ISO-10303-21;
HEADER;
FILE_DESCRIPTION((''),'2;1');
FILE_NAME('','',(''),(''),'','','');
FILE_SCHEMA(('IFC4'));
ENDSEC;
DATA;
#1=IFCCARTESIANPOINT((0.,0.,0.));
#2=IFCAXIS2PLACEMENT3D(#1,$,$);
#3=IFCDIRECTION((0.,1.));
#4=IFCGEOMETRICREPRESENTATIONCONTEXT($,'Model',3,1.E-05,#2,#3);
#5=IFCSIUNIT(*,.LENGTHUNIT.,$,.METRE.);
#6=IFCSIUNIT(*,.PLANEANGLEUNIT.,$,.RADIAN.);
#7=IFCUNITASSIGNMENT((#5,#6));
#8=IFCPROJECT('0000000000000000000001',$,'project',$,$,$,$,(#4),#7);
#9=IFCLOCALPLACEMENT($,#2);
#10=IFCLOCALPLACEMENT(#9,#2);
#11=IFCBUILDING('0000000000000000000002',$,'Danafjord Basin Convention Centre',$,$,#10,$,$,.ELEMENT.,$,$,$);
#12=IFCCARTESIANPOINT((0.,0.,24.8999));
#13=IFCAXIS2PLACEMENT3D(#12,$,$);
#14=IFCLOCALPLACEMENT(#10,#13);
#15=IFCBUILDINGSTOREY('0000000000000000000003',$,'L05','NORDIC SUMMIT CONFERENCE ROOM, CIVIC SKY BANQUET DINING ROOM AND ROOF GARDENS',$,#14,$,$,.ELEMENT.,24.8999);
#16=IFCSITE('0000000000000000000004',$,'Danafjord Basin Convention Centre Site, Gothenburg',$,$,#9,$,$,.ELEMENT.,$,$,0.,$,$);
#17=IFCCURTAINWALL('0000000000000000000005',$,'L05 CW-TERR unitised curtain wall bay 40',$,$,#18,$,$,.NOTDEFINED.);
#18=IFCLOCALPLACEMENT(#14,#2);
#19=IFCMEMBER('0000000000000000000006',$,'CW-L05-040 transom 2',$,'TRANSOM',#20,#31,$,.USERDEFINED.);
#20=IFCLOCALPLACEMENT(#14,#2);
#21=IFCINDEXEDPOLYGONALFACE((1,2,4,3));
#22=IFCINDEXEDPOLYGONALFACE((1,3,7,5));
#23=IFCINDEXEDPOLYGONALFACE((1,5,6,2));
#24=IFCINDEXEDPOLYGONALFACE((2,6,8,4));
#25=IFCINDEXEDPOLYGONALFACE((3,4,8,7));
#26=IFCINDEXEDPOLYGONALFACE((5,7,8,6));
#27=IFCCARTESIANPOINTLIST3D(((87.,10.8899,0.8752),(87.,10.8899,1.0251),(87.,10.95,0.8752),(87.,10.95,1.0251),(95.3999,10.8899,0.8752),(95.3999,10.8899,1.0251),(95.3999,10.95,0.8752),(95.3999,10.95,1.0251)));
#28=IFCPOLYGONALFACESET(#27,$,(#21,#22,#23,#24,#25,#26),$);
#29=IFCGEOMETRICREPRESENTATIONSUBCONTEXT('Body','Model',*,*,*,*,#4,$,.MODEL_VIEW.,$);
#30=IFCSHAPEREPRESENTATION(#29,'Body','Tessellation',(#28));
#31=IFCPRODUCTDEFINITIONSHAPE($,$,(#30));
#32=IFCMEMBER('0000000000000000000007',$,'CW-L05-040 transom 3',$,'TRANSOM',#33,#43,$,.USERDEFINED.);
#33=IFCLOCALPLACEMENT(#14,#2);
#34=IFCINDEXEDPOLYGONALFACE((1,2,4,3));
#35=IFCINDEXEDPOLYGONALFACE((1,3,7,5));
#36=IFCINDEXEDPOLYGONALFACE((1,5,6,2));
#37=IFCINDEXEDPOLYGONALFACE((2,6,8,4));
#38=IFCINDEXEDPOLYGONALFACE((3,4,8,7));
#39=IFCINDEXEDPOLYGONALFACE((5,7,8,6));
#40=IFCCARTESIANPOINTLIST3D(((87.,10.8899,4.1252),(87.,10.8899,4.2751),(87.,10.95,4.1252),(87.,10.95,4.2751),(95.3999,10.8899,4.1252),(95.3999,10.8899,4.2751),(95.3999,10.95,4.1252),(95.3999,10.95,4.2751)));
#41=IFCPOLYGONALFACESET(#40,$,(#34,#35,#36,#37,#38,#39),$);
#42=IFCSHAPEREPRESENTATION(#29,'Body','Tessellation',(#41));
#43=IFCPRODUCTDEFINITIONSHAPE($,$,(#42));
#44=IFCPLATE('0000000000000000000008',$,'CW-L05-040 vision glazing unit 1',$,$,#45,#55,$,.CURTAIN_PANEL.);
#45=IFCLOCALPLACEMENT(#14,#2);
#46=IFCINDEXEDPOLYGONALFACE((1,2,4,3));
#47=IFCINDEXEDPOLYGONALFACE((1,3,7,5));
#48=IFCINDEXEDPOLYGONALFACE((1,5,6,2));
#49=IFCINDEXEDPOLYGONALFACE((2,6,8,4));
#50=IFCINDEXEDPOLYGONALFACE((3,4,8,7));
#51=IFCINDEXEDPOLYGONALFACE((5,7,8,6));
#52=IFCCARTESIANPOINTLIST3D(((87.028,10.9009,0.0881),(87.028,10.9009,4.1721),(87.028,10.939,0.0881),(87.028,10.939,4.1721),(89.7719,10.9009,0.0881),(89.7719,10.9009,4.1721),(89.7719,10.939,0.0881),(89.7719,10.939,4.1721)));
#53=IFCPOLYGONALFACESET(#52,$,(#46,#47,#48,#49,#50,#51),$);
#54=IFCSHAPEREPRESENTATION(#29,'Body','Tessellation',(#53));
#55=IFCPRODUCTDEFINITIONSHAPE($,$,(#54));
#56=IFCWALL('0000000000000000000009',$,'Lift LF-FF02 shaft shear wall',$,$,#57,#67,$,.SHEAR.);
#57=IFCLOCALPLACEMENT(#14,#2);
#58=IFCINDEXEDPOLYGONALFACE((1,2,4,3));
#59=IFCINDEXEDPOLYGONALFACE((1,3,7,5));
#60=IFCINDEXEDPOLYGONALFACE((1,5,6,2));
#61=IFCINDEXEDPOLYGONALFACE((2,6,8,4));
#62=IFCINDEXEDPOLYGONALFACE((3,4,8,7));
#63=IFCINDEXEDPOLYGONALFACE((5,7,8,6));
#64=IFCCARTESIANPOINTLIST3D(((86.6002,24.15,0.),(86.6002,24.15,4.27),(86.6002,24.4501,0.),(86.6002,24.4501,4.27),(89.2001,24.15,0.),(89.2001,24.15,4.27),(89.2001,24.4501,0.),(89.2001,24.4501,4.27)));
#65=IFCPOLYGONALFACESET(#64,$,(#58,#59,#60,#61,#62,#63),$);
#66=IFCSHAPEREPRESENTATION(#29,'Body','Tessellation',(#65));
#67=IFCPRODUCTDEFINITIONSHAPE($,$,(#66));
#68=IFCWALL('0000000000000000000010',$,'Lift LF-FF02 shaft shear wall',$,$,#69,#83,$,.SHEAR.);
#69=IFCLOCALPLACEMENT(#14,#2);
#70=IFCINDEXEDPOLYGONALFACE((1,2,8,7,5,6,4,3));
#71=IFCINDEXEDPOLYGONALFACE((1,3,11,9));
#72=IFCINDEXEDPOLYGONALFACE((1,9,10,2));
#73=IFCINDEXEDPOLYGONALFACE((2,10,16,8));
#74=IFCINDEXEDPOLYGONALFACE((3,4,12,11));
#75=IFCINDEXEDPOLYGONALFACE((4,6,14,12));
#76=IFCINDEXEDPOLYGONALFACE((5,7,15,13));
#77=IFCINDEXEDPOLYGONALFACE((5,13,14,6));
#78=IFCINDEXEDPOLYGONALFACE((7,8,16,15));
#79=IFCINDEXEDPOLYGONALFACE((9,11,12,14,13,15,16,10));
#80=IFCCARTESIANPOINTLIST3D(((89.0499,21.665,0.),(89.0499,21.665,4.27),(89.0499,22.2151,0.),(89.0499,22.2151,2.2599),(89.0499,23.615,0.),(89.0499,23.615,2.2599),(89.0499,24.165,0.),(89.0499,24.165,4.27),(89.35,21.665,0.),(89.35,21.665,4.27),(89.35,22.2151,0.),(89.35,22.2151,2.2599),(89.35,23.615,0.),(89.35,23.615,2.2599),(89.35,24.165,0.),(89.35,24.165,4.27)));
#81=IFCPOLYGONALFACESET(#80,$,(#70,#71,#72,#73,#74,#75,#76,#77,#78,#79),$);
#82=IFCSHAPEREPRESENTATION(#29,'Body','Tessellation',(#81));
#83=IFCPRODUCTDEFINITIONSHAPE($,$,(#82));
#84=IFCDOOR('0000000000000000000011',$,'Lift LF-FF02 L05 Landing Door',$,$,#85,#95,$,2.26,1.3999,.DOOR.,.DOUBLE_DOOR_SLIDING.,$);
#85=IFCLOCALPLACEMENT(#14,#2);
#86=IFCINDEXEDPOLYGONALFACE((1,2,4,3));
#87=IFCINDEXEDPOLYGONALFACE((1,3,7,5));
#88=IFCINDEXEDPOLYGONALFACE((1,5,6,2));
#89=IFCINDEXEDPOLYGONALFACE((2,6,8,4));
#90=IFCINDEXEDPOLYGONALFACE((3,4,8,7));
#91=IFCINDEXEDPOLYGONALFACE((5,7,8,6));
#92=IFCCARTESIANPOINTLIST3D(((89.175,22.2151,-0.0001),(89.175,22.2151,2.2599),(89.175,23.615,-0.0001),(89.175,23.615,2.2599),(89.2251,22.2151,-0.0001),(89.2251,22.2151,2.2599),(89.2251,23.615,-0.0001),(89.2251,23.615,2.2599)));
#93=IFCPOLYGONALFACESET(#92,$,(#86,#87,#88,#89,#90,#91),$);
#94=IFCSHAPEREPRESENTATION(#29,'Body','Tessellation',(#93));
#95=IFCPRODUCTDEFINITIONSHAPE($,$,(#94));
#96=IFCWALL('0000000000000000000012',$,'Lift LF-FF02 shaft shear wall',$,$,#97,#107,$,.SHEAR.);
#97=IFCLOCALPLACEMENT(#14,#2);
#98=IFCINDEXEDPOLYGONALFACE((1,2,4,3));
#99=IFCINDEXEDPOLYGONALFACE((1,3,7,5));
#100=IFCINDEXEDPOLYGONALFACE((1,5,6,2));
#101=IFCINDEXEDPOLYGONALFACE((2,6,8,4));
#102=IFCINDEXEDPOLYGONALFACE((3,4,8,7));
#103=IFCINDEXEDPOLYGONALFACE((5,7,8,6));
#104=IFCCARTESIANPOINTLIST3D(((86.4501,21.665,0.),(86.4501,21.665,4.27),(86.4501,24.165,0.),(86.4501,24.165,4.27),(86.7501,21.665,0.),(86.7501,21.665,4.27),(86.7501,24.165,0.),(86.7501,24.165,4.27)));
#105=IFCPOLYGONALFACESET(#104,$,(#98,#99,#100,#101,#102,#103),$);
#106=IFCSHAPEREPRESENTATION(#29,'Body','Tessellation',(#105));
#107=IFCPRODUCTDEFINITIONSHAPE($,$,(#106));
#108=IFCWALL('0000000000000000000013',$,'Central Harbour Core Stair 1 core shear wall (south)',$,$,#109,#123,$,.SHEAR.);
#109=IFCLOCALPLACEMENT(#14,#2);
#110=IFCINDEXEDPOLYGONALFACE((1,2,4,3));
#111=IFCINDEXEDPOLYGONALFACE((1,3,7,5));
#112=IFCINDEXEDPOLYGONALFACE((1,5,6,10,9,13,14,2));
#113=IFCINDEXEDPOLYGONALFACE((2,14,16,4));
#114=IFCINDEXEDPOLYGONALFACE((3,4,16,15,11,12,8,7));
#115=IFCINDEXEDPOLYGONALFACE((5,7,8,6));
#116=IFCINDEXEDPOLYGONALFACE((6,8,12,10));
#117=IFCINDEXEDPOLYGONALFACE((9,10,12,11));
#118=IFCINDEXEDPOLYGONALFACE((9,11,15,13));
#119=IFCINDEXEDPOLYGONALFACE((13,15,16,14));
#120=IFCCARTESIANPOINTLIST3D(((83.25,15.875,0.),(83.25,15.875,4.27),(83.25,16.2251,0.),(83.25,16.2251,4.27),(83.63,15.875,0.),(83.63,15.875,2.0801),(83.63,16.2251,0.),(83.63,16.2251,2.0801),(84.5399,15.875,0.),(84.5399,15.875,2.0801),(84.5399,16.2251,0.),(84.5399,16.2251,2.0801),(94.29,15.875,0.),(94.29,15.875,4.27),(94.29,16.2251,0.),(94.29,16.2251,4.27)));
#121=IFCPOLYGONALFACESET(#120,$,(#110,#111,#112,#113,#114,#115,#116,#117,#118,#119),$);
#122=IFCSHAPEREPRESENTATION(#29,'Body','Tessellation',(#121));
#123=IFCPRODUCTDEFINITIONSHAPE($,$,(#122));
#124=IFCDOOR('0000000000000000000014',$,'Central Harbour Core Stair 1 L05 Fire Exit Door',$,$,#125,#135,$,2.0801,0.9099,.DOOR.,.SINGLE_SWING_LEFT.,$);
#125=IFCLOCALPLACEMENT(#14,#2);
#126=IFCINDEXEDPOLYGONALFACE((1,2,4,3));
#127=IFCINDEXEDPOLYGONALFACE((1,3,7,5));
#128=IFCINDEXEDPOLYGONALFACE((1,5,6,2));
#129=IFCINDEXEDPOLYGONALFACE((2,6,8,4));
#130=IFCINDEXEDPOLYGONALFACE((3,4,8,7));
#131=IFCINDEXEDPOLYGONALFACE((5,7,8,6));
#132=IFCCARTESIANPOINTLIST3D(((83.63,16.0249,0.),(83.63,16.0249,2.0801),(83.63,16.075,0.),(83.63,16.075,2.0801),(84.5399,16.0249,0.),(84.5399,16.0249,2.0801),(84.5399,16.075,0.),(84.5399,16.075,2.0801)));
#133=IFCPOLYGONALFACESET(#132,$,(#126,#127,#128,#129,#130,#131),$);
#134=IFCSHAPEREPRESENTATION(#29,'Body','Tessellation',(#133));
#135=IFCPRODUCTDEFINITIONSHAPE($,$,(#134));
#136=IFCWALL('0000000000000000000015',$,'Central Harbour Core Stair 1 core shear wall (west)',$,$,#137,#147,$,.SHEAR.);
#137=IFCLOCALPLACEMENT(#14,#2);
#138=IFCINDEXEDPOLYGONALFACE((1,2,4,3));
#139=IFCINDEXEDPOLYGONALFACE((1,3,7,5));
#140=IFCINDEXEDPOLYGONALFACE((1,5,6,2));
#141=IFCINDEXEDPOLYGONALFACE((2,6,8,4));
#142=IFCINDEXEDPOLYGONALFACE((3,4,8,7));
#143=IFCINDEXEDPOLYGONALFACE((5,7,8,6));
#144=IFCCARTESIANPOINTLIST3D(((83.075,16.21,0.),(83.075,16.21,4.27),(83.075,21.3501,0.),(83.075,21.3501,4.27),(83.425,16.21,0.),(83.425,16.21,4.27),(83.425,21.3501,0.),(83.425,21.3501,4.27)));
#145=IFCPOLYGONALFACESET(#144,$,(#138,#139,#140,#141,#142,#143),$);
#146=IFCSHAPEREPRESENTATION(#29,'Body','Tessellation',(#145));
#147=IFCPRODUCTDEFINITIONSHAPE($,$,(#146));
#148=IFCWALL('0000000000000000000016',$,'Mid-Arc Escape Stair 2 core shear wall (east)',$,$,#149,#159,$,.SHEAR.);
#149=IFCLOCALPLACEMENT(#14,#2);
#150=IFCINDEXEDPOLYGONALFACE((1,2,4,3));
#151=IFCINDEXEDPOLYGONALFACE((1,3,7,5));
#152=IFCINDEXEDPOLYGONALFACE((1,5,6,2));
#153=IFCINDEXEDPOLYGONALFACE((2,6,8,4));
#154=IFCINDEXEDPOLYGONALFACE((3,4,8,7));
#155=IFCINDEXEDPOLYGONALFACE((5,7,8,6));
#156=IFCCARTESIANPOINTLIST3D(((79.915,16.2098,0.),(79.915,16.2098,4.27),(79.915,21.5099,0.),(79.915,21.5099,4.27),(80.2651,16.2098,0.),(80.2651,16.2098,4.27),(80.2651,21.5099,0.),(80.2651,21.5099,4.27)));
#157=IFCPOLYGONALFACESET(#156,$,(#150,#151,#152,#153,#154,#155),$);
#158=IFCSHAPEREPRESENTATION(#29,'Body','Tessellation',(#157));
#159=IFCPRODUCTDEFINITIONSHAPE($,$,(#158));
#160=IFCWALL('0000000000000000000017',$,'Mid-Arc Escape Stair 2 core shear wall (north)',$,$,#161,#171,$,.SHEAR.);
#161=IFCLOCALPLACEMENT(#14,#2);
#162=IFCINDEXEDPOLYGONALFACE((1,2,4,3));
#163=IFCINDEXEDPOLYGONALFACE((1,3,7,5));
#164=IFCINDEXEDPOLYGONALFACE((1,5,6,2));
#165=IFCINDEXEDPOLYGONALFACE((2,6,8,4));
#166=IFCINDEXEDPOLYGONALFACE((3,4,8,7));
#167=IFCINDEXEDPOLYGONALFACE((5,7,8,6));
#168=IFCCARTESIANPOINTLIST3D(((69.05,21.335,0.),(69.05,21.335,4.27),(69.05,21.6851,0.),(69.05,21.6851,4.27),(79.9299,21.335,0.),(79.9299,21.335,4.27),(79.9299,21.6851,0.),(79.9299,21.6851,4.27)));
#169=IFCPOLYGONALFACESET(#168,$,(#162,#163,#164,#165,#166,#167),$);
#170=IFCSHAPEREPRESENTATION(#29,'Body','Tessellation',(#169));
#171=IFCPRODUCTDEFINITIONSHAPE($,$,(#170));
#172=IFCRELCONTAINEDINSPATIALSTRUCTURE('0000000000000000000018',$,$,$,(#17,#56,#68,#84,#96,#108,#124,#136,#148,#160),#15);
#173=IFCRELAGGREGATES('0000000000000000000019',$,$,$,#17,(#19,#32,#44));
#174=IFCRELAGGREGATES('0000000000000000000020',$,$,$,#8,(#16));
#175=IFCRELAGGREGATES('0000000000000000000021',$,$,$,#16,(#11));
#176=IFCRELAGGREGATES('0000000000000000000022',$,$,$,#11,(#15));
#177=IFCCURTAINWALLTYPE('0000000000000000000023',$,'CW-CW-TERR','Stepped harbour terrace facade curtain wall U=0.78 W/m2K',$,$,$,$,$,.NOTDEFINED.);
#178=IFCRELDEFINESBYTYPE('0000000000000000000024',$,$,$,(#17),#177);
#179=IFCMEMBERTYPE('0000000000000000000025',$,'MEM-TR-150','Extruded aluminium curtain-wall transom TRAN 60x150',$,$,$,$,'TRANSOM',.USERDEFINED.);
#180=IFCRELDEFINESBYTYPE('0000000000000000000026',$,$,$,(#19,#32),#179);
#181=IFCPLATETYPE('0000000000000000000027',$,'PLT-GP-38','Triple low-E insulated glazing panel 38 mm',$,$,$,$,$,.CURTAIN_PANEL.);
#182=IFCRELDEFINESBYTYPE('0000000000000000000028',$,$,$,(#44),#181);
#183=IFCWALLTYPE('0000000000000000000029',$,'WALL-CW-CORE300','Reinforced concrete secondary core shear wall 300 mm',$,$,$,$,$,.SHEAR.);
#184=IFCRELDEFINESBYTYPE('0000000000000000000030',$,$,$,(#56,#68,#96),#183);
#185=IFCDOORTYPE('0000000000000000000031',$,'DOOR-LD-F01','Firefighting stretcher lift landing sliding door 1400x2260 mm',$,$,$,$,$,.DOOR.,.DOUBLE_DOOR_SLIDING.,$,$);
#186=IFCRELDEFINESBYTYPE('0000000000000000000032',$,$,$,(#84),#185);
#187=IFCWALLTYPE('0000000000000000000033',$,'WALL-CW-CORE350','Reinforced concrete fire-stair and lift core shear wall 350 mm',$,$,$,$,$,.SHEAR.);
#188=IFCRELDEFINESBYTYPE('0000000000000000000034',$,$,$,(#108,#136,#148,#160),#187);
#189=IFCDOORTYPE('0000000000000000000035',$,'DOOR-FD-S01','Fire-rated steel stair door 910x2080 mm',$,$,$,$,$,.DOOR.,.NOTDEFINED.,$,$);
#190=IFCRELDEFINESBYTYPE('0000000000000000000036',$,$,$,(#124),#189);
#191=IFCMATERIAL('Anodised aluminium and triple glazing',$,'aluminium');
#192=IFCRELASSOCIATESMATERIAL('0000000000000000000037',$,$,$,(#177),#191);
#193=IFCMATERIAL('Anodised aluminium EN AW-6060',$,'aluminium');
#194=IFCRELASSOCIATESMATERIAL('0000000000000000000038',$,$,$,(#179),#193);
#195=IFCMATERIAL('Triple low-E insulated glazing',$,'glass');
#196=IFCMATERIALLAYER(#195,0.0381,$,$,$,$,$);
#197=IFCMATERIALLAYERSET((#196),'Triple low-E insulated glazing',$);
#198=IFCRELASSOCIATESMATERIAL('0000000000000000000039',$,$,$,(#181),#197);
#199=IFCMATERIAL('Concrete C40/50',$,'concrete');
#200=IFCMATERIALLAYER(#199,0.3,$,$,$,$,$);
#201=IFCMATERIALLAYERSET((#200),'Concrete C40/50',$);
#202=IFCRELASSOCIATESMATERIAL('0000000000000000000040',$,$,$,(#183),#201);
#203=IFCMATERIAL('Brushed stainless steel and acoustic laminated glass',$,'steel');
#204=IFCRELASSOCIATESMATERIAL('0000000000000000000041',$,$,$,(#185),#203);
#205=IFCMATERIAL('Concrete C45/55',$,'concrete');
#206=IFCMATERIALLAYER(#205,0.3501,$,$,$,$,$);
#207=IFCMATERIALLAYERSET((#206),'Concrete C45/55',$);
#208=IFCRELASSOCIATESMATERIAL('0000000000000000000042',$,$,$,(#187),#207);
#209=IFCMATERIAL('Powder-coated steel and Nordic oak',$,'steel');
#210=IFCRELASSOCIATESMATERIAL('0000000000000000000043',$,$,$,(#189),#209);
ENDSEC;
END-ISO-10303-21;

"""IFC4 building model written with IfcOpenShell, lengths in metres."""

from ifc_helpers import new_model, si_unit, direction, frame, frame_2d, origin, origin_2d, place, context, subcontext, project, spatial, rectangle, extrude, material, layer, layer_set, material_profile, profile_set, type_object, element, fill, aggregate, save


model = new_model("IFC4")

# Units and contexts
model_context = context("Model", 3, precision=1e-05, world=origin(), true_north=direction((0.0, 1.0)))
body_context = subcontext(model_context, "Body", "Model", "MODEL_VIEW")
ifc_project = project(units=[si_unit("LENGTHUNIT", "METRE"), si_unit("PLANEANGLEUNIT", "RADIAN")], contexts=[model_context])

# Site, building, storey
site_placement = place(None, origin())
site = spatial("IfcSite", under=ifc_project, at=site_placement, Name="Danafjord Basin Convention Centre Site, Gothenburg", CompositionType="ELEMENT", RefElevation=0.0)
building_placement = place(site_placement, origin())
building = spatial("IfcBuilding", under=site, at=building_placement, Name="Danafjord Basin Convention Centre", CompositionType="ELEMENT")
storey_placement = place(building_placement, frame((0.0, 0.0, 24.8999)))
storey = spatial("IfcBuildingStorey", under=building, at=storey_placement, Name="L05", Description="NORDIC SUMMIT CONFERENCE ROOM, CIVIC SKY BANQUET DINING ROOM AND ROOF GARDENS", CompositionType="ELEMENT", Elevation=24.8999)

# Curtain wall, members, plate
ifc_material_1 = material(Name="Anodised aluminium and triple glazing", Category="aluminium")
curtain_wall_type = type_object("IfcCurtainWallType", Name="CW-CW-TERR", Description="Stepped harbour terrace facade curtain wall U=0.78 W/m2K", PredefinedType="NOTDEFINED", material=ifc_material_1)
curtain_wall_placement = place(storey_placement, origin())
curtain_wall = element("IfcCurtainWall", 1, at=curtain_wall_placement, inside=storey, type_object=curtain_wall_type, Name="L05 CW-TERR unitised curtain wall bay 40", PredefinedType="NOTDEFINED")
ifc_material_2 = material(Name="Anodised aluminium EN AW-6060", Category="aluminium")
ifc_material_profile_1 = material_profile(ifc_material_2, rectangle(XDim=0.0601, YDim=0.1499, at=origin_2d()), Name="TRAN 60x150")
ifc_profile_set_1 = profile_set([ifc_material_profile_1], Name="Anodised aluminium EN AW-6060")
member_type_1 = type_object("IfcMemberType", Name="MEM-TR-150", Description="Extruded aluminium curtain-wall transom TRAN 60x150", ElementType="TRANSOM", PredefinedType="USERDEFINED", material=ifc_profile_set_1)
member_1_placement = place(storey_placement, frame((87.0, 10.9199, 0.9502), z_axis=(1.0, 0.0, 0.0), x_axis=(0.0, 1.0, 0.0)))
member_1 = element("IfcMember", 2, at=member_1_placement, type_object=member_type_1, Name="CW-L05-040 transom 2", ObjectType="TRANSOM", PredefinedType="USERDEFINED", context=body_context, shape_type="SweptSolid", body=[
    extrude(rectangle(XDim=0.0601, YDim=0.1499, at=origin_2d()), origin(), (0.0, 0.0, 1.0), 8.3999),
])
member_2_placement = place(storey_placement, frame((87.0, 10.9199, 4.2002), z_axis=(1.0, 0.0, 0.0), x_axis=(0.0, 1.0, 0.0)))
member_2 = element("IfcMember", 3, at=member_2_placement, type_object=member_type_1, Name="CW-L05-040 transom 3", ObjectType="TRANSOM", PredefinedType="USERDEFINED", context=body_context, shape_type="SweptSolid", body=[
    extrude(rectangle(XDim=0.0601, YDim=0.1499, at=origin_2d()), origin(), (0.0, 0.0, 1.0), 8.3999),
])
ifc_material_3 = material(Name="Triple low-E insulated glazing", Category="glass")
ifc_layer_1 = layer(ifc_material_3, 0.0381)
ifc_layer_set_1 = layer_set([ifc_layer_1], Name="Triple low-E insulated glazing")
plate_type = type_object("IfcPlateType", Name="PLT-GP-38", Description="Triple low-E insulated glazing panel 38 mm", PredefinedType="CURTAIN_PANEL", material=ifc_layer_set_1)
plate_placement = place(storey_placement, frame((88.3999, 10.9199, 0.0881), z_axis=(0.0, 0.0, 1.0), x_axis=(1.0, 0.0, 0.0)))
plate = element("IfcPlate", 4, at=plate_placement, type_object=plate_type, Name="CW-L05-040 vision glazing unit 1", PredefinedType="CURTAIN_PANEL", context=body_context, shape_type="SweptSolid", body=[
    extrude(rectangle(XDim=2.7439, YDim=0.0381, at=origin_2d()), origin(), (0.0, 0.0, 1.0), 4.084),
])
aggregate(curtain_wall, [member_1, member_2, plate])

# Wall
ifc_material_4 = material(Name="Concrete C40/50", Category="concrete")
ifc_layer_2 = layer(ifc_material_4, 0.3)
ifc_layer_set_2 = layer_set([ifc_layer_2], Name="Concrete C40/50")
wall_type_1 = type_object("IfcWallType", Name="WALL-CW-CORE300", Description="Reinforced concrete secondary core shear wall 300 mm", PredefinedType="SHEAR", material=ifc_layer_set_2)
wall_1_placement = place(storey_placement, frame((89.2, 24.3, 0.0), z_axis=(0.0, 0.0, 1.0), x_axis=(-1.0, 0.0, 0.0)))
element("IfcWall", 5, at=wall_1_placement, inside=storey, type_object=wall_type_1, Name="Lift LF-FF02 shaft shear wall", PredefinedType="SHEAR", context=body_context, shape_type="SweptSolid", body=[
    extrude(rectangle(XDim=2.5999, YDim=0.3, at=frame_2d((1.2998, 0.0))), origin(), (0.0, 0.0, 1.0), 4.27),
])

# Wall, opening, door
wall_2_placement = place(storey_placement, frame((89.2, 21.665, 0.0), z_axis=(0.0, 0.0, 1.0), x_axis=(0.0, 1.0, 0.0)))
wall_2 = element("IfcWall", 6, at=wall_2_placement, inside=storey, type_object=wall_type_1, Name="Lift LF-FF02 shaft shear wall", PredefinedType="SHEAR", context=body_context, shape_type="SweptSolid", body=[
    extrude(rectangle(XDim=2.5, YDim=0.3, at=frame_2d((1.25, 0.0))), origin(), (0.0, 0.0, 1.0), 4.27),
])
opening_1_placement = place(wall_2_placement, frame((0.55, 0.0, 0.0)))
opening_1 = element("IfcOpeningElement", 7, at=opening_1_placement, cuts=wall_2, PredefinedType="OPENING", context=body_context, shape_type="SweptSolid", body=[
    extrude(rectangle(XDim=1.3999, YDim=2.26, at=frame_2d((0.7, 1.1299))), frame((0.0, 0.1599, 0.0), z_axis=(0.0, -1.0, 0.0), x_axis=(1.0, 0.0, 0.0)), (0.0, 0.0, 1.0), 0.3201),
])
ifc_material_5 = material(Name="Brushed stainless steel and acoustic laminated glass", Category="steel")
door_type_1 = type_object("IfcDoorType", Name="DOOR-LD-F01", Description="Firefighting stretcher lift landing sliding door 1400x2260 mm", OperationType="DOUBLE_DOOR_SLIDING", PredefinedType="DOOR", material=ifc_material_5)
door_1_placement = place(opening_1_placement, origin())
door_1 = element("IfcDoor", 8, at=door_1_placement, inside=storey, type_object=door_type_1, Name="Lift LF-FF02 L05 Landing Door", OperationType="DOUBLE_DOOR_SLIDING", OverallHeight=2.26, OverallWidth=1.3999, PredefinedType="DOOR", context=body_context, shape_type="SweptSolid", body=[
    extrude(rectangle(XDim=1.3999, YDim=2.26, at=frame_2d((0.7, 1.1299))), frame((0.0, 0.0249, 0.0), z_axis=(0.0, -1.0, 0.0), x_axis=(1.0, 0.0, 0.0)), (0.0, 0.0, 1.0), 0.05),
])
fill(opening_1, door_1)

# Wall
wall_3_placement = place(storey_placement, frame((86.6001, 24.165, 0.0), z_axis=(0.0, 0.0, 1.0), x_axis=(0.0, -1.0, 0.0)))
element("IfcWall", 9, at=wall_3_placement, inside=storey, type_object=wall_type_1, Name="Lift LF-FF02 shaft shear wall", PredefinedType="SHEAR", context=body_context, shape_type="SweptSolid", body=[
    extrude(rectangle(XDim=2.5, YDim=0.3, at=frame_2d((1.25, 0.0))), origin(), (0.0, 0.0, 1.0), 4.27),
])

# Wall, opening, door
ifc_material_6 = material(Name="Concrete C45/55", Category="concrete")
ifc_layer_3 = layer(ifc_material_6, 0.3501)
ifc_layer_set_3 = layer_set([ifc_layer_3], Name="Concrete C45/55")
wall_type_2 = type_object("IfcWallType", Name="WALL-CW-CORE350", Description="Reinforced concrete fire-stair and lift core shear wall 350 mm", PredefinedType="SHEAR", material=ifc_layer_set_3)
wall_4_placement = place(storey_placement, frame((83.25, 16.05, 0.0), z_axis=(0.0, 0.0, 1.0), x_axis=(1.0, 0.0, 0.0)))
wall_4 = element("IfcWall", 10, at=wall_4_placement, inside=storey, type_object=wall_type_2, Name="Central Harbour Core Stair 1 core shear wall (south)", PredefinedType="SHEAR", context=body_context, shape_type="SweptSolid", body=[
    extrude(rectangle(XDim=11.04, YDim=0.3501, at=frame_2d((5.52, 0.0))), origin(), (0.0, 0.0, 1.0), 4.27),
])
opening_2_placement = place(wall_4_placement, frame((0.3799, 0.0, 0.0)))
opening_2 = element("IfcOpeningElement", 11, at=opening_2_placement, cuts=wall_4, PredefinedType="OPENING", context=body_context, shape_type="SweptSolid", body=[
    extrude(rectangle(XDim=0.9099, YDim=2.0801, at=frame_2d((0.4551, 1.04))), frame((0.0, 0.1851, 0.0), z_axis=(0.0, -1.0, 0.0), x_axis=(1.0, 0.0, 0.0)), (0.0, 0.0, 1.0), 0.3701),
])
ifc_material_7 = material(Name="Powder-coated steel and Nordic oak", Category="steel")
door_type_2 = type_object("IfcDoorType", Name="DOOR-FD-S01", Description="Fire-rated steel stair door 910x2080 mm", OperationType="NOTDEFINED", PredefinedType="DOOR", material=ifc_material_7)
door_2_placement = place(opening_2_placement, origin())
door_2 = element("IfcDoor", 12, at=door_2_placement, inside=storey, type_object=door_type_2, Name="Central Harbour Core Stair 1 L05 Fire Exit Door", OperationType="SINGLE_SWING_LEFT", OverallHeight=2.0801, OverallWidth=0.9099, PredefinedType="DOOR", context=body_context, shape_type="SweptSolid", body=[
    extrude(rectangle(XDim=0.9099, YDim=2.0801, at=frame_2d((0.4551, 1.04))), frame((0.0, 0.0249, 0.0), z_axis=(0.0, -1.0, 0.0), x_axis=(1.0, 0.0, 0.0)), (0.0, 0.0, 1.0), 0.05),
])
fill(opening_2, door_2)

# Walls
wall_5_placement = place(storey_placement, frame((83.25, 21.3501, 0.0), z_axis=(0.0, 0.0, 1.0), x_axis=(0.0, -1.0, 0.0)))
element("IfcWall", 13, at=wall_5_placement, inside=storey, type_object=wall_type_2, Name="Central Harbour Core Stair 1 core shear wall (west)", PredefinedType="SHEAR", context=body_context, shape_type="SweptSolid", body=[
    extrude(rectangle(XDim=5.1401, YDim=0.3501, at=frame_2d((2.5701, 0.0))), origin(), (0.0, 0.0, 1.0), 4.27),
])
wall_6_placement = place(storey_placement, frame((80.0901, 16.21, 0.0), z_axis=(0.0, 0.0, 1.0), x_axis=(0.0, 1.0, 0.0)))
element("IfcWall", 14, at=wall_6_placement, inside=storey, type_object=wall_type_2, Name="Mid-Arc Escape Stair 2 core shear wall (east)", PredefinedType="SHEAR", context=body_context, shape_type="SweptSolid", body=[
    extrude(rectangle(XDim=5.3, YDim=0.3501, at=frame_2d((2.6499, 0.0))), origin(), (0.0, 0.0, 1.0), 4.27),
])
wall_7_placement = place(storey_placement, frame((79.9299, 21.51, 0.0), z_axis=(0.0, 0.0, 1.0), x_axis=(-1.0, 0.0, 0.0)))
element("IfcWall", 15, at=wall_7_placement, inside=storey, type_object=wall_type_2, Name="Mid-Arc Escape Stair 2 core shear wall (north)", PredefinedType="SHEAR", context=body_context, shape_type="SweptSolid", body=[
    extrude(rectangle(XDim=10.8799, YDim=0.3501, at=frame_2d((5.4399, 0.0))), origin(), (0.0, 0.0, 1.0), 4.27),
])

save(model, "model.ifc")
